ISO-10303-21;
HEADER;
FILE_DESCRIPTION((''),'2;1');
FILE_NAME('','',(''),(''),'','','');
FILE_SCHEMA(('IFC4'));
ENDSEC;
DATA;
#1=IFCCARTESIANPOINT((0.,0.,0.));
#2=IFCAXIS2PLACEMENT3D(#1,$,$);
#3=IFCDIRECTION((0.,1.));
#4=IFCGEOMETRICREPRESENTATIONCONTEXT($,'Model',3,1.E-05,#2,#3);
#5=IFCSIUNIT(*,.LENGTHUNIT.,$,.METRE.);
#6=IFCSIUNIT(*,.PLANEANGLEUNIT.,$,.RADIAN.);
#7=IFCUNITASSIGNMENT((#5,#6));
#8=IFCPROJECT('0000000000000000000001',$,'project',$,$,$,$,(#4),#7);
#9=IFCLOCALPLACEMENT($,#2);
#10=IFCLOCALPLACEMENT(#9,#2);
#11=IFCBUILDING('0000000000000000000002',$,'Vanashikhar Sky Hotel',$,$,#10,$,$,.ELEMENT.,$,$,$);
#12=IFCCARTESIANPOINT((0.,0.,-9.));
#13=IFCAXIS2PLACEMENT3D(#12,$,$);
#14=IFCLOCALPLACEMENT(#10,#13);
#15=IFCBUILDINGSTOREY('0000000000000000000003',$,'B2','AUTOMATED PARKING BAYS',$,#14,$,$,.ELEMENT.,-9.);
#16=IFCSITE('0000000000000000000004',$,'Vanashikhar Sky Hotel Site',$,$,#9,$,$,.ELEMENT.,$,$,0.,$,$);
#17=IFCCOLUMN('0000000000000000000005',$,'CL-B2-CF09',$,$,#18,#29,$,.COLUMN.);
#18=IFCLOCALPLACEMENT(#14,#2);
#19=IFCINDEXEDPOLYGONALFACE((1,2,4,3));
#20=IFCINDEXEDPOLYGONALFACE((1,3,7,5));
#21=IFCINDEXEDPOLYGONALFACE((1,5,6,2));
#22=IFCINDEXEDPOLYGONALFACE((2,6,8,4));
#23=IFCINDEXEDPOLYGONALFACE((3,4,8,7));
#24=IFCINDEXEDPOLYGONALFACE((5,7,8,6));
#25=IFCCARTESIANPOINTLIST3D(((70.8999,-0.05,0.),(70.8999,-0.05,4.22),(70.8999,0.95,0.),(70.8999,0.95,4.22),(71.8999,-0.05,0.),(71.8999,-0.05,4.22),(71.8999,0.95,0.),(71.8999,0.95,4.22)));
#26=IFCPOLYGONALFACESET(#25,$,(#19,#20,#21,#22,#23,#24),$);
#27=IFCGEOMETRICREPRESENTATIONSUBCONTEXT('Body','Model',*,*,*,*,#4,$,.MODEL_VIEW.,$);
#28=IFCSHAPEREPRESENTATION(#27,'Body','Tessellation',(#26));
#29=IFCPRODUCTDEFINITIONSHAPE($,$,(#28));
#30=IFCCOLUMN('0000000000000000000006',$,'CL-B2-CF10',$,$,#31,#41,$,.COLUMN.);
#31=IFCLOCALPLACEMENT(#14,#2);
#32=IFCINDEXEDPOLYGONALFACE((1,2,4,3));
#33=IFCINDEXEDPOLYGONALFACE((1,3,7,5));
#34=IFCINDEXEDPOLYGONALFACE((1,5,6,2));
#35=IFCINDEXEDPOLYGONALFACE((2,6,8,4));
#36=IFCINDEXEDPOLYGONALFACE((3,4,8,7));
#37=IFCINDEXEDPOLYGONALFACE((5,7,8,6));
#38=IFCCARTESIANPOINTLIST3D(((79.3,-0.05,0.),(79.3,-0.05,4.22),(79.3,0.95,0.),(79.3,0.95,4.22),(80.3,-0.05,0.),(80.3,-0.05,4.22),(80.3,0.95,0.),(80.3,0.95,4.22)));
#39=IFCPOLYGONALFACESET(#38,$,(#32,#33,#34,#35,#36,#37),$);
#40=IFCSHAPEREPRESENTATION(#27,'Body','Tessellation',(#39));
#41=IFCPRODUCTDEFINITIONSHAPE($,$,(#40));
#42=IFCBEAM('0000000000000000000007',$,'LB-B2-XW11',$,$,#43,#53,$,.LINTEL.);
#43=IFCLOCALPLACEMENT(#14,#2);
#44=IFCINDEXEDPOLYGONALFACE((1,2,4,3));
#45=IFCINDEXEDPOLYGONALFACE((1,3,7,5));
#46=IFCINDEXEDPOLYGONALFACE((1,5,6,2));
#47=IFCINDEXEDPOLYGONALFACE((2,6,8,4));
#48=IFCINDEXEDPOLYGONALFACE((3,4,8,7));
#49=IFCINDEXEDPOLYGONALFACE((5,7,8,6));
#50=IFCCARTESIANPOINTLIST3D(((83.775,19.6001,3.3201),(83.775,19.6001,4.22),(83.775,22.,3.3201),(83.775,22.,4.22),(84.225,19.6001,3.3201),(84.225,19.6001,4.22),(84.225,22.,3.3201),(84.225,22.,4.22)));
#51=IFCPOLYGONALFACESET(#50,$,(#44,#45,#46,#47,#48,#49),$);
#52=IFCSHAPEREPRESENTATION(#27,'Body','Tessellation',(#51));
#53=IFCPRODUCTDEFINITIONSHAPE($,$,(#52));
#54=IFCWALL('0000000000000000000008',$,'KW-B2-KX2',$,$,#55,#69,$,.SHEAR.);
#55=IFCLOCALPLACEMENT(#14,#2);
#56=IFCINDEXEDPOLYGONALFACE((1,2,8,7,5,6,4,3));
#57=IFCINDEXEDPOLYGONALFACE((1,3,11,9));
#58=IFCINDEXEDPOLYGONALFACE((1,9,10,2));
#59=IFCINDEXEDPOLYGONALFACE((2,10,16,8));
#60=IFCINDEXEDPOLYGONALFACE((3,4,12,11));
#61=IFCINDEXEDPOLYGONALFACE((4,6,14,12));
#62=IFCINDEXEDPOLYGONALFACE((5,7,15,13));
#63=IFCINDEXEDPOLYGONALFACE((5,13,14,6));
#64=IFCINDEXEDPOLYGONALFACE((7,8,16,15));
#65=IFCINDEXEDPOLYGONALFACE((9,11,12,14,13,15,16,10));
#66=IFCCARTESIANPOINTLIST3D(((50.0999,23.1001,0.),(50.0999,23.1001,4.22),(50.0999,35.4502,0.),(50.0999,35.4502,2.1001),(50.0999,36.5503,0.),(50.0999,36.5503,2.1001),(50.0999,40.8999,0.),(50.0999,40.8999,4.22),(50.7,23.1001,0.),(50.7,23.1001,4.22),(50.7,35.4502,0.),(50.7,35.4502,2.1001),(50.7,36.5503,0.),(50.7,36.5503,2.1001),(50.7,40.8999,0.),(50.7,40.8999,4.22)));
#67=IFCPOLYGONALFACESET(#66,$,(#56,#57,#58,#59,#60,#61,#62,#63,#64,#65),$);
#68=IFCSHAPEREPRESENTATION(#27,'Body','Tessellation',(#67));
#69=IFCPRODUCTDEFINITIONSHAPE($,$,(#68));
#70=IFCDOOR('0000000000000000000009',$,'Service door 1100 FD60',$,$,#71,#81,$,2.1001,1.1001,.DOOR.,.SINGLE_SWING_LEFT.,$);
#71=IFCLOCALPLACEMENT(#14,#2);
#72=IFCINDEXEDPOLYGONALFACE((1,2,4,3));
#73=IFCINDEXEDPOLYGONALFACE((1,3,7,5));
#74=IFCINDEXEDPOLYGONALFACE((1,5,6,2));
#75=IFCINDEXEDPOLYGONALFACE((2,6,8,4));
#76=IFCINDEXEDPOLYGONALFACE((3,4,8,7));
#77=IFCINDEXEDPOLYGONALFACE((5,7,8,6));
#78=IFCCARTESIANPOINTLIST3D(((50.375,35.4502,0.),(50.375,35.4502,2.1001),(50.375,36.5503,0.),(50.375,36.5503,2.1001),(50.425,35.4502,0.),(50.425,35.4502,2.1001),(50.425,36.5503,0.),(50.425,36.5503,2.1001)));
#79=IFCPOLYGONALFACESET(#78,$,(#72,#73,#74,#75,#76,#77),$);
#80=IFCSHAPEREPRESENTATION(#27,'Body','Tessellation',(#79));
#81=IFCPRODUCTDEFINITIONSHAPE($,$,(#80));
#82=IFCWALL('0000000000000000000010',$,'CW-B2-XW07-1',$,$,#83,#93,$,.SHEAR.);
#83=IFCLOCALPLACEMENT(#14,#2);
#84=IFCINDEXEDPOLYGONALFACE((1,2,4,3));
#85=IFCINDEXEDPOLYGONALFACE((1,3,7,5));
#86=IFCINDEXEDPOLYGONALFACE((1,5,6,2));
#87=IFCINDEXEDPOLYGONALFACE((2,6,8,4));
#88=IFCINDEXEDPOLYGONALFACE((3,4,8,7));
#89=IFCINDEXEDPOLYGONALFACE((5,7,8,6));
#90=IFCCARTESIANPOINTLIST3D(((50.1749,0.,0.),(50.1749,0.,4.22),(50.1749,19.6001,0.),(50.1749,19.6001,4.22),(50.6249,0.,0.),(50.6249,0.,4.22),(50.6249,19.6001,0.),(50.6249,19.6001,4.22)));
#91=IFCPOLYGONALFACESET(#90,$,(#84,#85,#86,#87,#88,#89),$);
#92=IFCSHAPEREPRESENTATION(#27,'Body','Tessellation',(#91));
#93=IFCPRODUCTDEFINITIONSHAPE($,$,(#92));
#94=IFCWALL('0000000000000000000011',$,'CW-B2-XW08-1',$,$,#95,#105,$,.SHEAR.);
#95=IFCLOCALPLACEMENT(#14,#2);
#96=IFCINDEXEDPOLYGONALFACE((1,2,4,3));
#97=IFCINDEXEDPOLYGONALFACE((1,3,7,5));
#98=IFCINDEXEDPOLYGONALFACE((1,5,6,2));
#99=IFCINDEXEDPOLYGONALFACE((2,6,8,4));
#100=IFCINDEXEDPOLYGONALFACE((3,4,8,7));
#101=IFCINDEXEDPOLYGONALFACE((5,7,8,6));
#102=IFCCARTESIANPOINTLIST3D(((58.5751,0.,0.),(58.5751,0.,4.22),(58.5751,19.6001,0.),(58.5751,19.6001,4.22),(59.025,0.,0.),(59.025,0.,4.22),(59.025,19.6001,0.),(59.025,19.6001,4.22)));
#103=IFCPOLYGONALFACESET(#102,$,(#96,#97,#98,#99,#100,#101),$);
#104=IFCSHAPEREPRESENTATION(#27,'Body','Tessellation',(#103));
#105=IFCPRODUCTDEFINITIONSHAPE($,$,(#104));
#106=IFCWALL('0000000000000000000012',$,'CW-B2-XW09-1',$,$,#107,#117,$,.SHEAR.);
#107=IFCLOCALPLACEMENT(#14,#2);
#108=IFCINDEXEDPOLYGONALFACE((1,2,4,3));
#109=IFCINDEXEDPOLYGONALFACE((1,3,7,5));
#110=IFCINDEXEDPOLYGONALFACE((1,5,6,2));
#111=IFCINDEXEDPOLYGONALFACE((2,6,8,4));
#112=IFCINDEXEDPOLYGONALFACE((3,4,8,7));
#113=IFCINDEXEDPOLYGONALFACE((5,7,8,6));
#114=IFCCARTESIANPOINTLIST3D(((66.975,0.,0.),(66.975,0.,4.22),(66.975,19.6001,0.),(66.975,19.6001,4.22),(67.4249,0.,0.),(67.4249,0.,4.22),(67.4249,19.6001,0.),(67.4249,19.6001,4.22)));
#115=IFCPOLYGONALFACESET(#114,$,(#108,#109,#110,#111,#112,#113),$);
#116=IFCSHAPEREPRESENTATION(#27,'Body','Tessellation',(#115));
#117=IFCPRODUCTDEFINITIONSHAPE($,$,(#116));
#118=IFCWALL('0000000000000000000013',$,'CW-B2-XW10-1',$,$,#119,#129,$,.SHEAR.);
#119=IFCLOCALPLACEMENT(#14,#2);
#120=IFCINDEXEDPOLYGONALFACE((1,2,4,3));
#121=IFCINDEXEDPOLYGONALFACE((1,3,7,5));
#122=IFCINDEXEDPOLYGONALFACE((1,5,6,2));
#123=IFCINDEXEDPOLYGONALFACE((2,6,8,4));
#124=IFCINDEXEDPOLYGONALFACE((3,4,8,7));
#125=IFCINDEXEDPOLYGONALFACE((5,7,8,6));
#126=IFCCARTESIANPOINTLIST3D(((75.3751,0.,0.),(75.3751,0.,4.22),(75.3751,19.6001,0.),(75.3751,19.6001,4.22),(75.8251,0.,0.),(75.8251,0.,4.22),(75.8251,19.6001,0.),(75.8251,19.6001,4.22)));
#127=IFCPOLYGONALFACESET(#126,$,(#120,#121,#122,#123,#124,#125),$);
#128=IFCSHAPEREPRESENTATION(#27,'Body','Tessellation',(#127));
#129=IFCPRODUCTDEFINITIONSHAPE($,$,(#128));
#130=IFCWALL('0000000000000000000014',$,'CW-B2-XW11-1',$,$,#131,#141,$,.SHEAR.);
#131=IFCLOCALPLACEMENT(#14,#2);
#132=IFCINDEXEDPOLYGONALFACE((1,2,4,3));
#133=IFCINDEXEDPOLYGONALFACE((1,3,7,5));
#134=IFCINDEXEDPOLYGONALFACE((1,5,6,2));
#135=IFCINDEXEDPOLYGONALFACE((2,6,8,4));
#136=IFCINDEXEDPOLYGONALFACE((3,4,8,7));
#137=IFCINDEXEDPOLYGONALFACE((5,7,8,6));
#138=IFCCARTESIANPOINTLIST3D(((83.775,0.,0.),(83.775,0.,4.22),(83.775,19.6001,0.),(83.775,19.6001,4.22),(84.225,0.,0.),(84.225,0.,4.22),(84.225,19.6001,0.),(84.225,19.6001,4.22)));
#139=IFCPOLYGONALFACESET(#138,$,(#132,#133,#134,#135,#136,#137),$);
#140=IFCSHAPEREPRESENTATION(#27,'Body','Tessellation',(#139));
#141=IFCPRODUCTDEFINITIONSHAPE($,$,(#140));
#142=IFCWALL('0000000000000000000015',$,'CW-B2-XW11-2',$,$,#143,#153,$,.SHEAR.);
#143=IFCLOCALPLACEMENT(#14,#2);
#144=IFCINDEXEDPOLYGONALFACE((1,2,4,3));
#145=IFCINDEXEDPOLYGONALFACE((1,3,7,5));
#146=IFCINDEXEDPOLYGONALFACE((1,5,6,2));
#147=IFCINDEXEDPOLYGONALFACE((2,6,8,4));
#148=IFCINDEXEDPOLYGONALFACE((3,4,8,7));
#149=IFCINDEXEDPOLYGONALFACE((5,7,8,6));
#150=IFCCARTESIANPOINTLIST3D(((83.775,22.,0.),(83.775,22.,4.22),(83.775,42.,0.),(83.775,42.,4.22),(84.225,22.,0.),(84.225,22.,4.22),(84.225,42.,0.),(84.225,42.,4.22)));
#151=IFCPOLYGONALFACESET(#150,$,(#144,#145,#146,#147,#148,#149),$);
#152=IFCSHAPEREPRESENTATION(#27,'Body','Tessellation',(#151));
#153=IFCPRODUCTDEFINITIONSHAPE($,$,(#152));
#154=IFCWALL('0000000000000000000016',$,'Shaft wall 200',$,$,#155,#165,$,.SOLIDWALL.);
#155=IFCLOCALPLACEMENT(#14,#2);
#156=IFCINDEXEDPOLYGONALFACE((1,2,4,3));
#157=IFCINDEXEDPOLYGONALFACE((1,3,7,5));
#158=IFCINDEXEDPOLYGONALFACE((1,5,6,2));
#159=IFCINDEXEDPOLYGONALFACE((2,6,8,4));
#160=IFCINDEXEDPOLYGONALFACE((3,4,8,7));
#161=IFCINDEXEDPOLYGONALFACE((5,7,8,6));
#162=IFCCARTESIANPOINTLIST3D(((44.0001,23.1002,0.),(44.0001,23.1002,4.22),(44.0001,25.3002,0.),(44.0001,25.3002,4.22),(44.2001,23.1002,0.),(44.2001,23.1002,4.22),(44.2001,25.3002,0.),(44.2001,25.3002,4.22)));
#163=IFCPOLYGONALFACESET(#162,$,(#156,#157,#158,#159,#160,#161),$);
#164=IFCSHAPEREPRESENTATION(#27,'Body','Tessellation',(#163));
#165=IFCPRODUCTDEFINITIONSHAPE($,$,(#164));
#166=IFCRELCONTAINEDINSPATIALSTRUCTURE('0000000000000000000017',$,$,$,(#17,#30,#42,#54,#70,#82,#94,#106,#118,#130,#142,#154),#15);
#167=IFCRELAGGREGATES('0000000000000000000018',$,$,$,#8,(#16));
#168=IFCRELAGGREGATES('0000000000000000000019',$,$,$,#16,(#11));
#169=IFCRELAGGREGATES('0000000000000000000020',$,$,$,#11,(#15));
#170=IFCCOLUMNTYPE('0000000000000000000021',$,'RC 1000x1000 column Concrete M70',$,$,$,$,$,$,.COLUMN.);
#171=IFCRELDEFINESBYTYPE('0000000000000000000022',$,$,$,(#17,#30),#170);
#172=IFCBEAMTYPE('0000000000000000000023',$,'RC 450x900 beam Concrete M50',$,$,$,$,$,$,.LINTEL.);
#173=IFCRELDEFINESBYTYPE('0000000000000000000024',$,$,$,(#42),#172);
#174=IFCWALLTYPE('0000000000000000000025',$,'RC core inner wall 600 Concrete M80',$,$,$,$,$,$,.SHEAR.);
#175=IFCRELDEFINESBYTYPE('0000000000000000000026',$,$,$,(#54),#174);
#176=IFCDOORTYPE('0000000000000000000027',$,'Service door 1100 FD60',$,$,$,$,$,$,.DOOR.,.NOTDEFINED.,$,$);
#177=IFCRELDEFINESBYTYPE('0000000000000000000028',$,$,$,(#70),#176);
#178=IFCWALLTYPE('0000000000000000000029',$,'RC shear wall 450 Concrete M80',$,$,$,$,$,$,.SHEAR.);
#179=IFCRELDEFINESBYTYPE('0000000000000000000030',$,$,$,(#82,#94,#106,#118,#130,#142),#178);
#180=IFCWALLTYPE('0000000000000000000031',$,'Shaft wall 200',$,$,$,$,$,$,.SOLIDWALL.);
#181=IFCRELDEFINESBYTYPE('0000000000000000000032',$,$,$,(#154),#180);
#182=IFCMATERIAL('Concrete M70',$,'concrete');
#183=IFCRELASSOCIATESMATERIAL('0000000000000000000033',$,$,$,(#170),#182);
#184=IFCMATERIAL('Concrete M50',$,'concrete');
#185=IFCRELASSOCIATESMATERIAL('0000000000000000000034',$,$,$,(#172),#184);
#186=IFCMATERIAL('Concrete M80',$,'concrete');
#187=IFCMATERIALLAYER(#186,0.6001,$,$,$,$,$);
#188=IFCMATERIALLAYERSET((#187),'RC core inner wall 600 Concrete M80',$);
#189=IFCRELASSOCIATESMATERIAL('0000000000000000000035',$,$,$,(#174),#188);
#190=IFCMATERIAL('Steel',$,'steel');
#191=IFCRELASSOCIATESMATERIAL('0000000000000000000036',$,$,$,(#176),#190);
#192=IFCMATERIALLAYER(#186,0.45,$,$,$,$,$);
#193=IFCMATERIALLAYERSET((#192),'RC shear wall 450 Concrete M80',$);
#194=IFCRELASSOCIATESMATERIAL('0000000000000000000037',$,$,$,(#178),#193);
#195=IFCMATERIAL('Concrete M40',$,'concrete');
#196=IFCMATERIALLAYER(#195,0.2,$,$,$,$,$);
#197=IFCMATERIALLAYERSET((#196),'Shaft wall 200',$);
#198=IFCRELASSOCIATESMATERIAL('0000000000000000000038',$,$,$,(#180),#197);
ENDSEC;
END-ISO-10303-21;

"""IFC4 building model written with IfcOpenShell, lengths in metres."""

from ifc_helpers import new_model, si_unit, direction, frame, frame_2d, origin, origin_2d, place, context, subcontext, project, spatial, rectangle, extrude, source, transform, mapped, material, layer, layer_set, material_profile, profile_set, type_object, element, fill, save


model = new_model("IFC4")

# Units and contexts
model_context = context("Model", 3, precision=1e-05, world=origin(), true_north=direction((0.0, 1.0)))
body_context = subcontext(model_context, "Body", "Model", "MODEL_VIEW")
ifc_project = project(units=[si_unit("LENGTHUNIT", "METRE"), si_unit("PLANEANGLEUNIT", "RADIAN")], contexts=[model_context])

# Site, building, storey
site_placement = place(None, origin())
site = spatial("IfcSite", under=ifc_project, at=site_placement, Name="Vanashikhar Sky Hotel Site", CompositionType="ELEMENT", RefElevation=0.0)
building_placement = place(site_placement, origin())
building = spatial("IfcBuilding", under=site, at=building_placement, Name="Vanashikhar Sky Hotel", CompositionType="ELEMENT")
storey_placement = place(building_placement, frame((0.0, 0.0, -9.0)))
storey = spatial("IfcBuildingStorey", under=building, at=storey_placement, Name="B2", Description="AUTOMATED PARKING BAYS", CompositionType="ELEMENT", Elevation=-9.0)

# Columns
ifc_material_1 = material(Name="Concrete M70", Category="concrete")
ifc_material_profile_1 = material_profile(ifc_material_1, rectangle(XDim=1.0, YDim=1.0, at=origin_2d()))
ifc_profile_set_1 = profile_set([ifc_material_profile_1], Name="RC 1000x1000 column Concrete M70")
column_type = type_object("IfcColumnType", Name="RC 1000x1000 column Concrete M70", PredefinedType="COLUMN", material=ifc_profile_set_1)
shared_shape_1 = source(origin(), body_context, "Body", "SweptSolid", [
    extrude(rectangle(XDim=1.0, YDim=1.0, at=origin_2d()), origin(), (0.0, 0.0, 1.0), 4.22),
])
for number, where, z_axis, x_axis, name in (
    (1, (71.3999, 0.45, 0.0), (0.0, 0.0, 1.0), (1.0, 0.0, 0.0), "CL-B2-CF09"),
    (2, (79.8, 0.45, 0.0), (0.0, 0.0, 1.0), (1.0, 0.0, 0.0), "CL-B2-CF10"),
):
    element("IfcColumn", number, at=place(storey_placement, frame(where, z_axis=z_axis, x_axis=x_axis)), inside=storey, type_object=column_type, Name=name, PredefinedType="COLUMN", context=body_context, shape_type="MappedRepresentation", body=[
        mapped(shared_shape_1, transform((0.0, 0.0, 0.0), scale=1.0)),
    ])

# Beam
ifc_material_2 = material(Name="Concrete M50", Category="concrete")
ifc_material_profile_2 = material_profile(ifc_material_2, rectangle(XDim=0.45, YDim=0.8999, at=origin_2d()))
ifc_profile_set_2 = profile_set([ifc_material_profile_2], Name="RC 450x900 beam Concrete M50")
beam_type = type_object("IfcBeamType", Name="RC 450x900 beam Concrete M50", PredefinedType="LINTEL", material=ifc_profile_set_2)
shared_shape_2 = source(origin(), body_context, "Body", "SweptSolid", [
    extrude(rectangle(XDim=0.45, YDim=0.8999, at=origin_2d()), origin(), (0.0, 0.0, 1.0), 2.3999),
])
beam_placement = place(storey_placement, frame((84.0, 19.6001, 3.77), z_axis=(0.0, 1.0, 0.0), x_axis=(-1.0, 0.0, 0.0)))
element("IfcBeam", 3, at=beam_placement, inside=storey, type_object=beam_type, Name="LB-B2-XW11", PredefinedType="LINTEL", context=body_context, shape_type="MappedRepresentation", body=[
    mapped(shared_shape_2, transform((0.0, 0.0, 0.0), scale=1.0)),
])

# Wall, opening, door
ifc_material_3 = material(Name="Concrete M80", Category="concrete")
ifc_layer_1 = layer(ifc_material_3, 0.6001)
ifc_layer_set_1 = layer_set([ifc_layer_1], Name="RC core inner wall 600 Concrete M80")
wall_type_1 = type_object("IfcWallType", Name="RC core inner wall 600 Concrete M80", PredefinedType="SHEAR", material=ifc_layer_set_1)
shared_shape_3 = source(origin(), body_context, "Body", "SweptSolid", [
    extrude(rectangle(XDim=17.7998, YDim=0.6001, at=frame_2d((8.8999, 0.0))), origin(), (0.0, 0.0, 1.0), 4.22),
])
wall_1_placement = place(storey_placement, frame((50.3999, 23.1001, 0.0), z_axis=(0.0, 0.0, 1.0), x_axis=(0.0, 1.0, 0.0)))
wall_1 = element("IfcWall", 4, at=wall_1_placement, inside=storey, type_object=wall_type_1, Name="KW-B2-KX2", PredefinedType="SHEAR", context=body_context, shape_type="MappedRepresentation", body=[
    mapped(shared_shape_3, transform((0.0, 0.0, 0.0), scale=1.0)),
])
shared_shape_4 = source(origin(), body_context, "Body", "SweptSolid", [
    extrude(rectangle(XDim=1.1001, YDim=2.1001, at=frame_2d((0.55, 1.05))), frame((0.0, 0.3101, 0.0), z_axis=(0.0, -1.0, 0.0), x_axis=(1.0, 0.0, 0.0)), (0.0, 0.0, 1.0), 0.6201),
])
opening_1_placement = place(wall_1_placement, frame((12.3501, 0.0, 0.0)))
opening_1 = element("IfcOpeningElement", 5, at=opening_1_placement, cuts=wall_1, PredefinedType="OPENING", context=body_context, shape_type="MappedRepresentation", body=[
    mapped(shared_shape_4, transform((0.0, 0.0, 0.0), scale=1.0)),
])
ifc_material_4 = material(Name="Steel", Category="steel")
door_type_1 = type_object("IfcDoorType", Name="Service door 1100 FD60", OperationType="NOTDEFINED", PredefinedType="DOOR", material=ifc_material_4)
shared_shape_5 = source(origin(), body_context, "Body", "SweptSolid", [
    extrude(rectangle(XDim=1.1001, YDim=2.1001, at=frame_2d((0.55, 1.05))), frame((0.0, 0.0249, 0.0), z_axis=(0.0, -1.0, 0.0), x_axis=(1.0, 0.0, 0.0)), (0.0, 0.0, 1.0), 0.05),
])
door_1_placement = place(opening_1_placement, origin())
door_1 = element("IfcDoor", 6, at=door_1_placement, inside=storey, type_object=door_type_1, Name="Service door 1100 FD60", OperationType="SINGLE_SWING_LEFT", OverallHeight=2.1001, OverallWidth=1.1001, PredefinedType="DOOR", context=body_context, shape_type="MappedRepresentation", body=[
    mapped(shared_shape_5, transform((0.0, 0.0, 0.0), scale=1.0)),
])
fill(opening_1, door_1)

# Walls
ifc_layer_2 = layer(ifc_material_3, 0.45)
ifc_layer_set_2 = layer_set([ifc_layer_2], Name="RC shear wall 450 Concrete M80")
wall_type_2 = type_object("IfcWallType", Name="RC shear wall 450 Concrete M80", PredefinedType="SHEAR", material=ifc_layer_set_2)
shared_shape_6 = source(origin(), body_context, "Body", "SweptSolid", [
    extrude(rectangle(XDim=19.6001, YDim=0.45, at=frame_2d((9.8, 0.0))), origin(), (0.0, 0.0, 1.0), 4.22),
])
for number, where, z_axis, x_axis, name in (
    (7, (50.3999, 0.0, 0.0), (0.0, 0.0, 1.0), (0.0, 1.0, 0.0), "CW-B2-XW07-1"),
    (8, (58.8, 0.0, 0.0), (0.0, 0.0, 1.0), (0.0, 1.0, 0.0), "CW-B2-XW08-1"),
    (9, (67.2, 0.0, 0.0), (0.0, 0.0, 1.0), (0.0, 1.0, 0.0), "CW-B2-XW09-1"),
    (10, (75.6001, 0.0, 0.0), (0.0, 0.0, 1.0), (0.0, 1.0, 0.0), "CW-B2-XW10-1"),
    (11, (84.0, 0.0, 0.0), (0.0, 0.0, 1.0), (0.0, 1.0, 0.0), "CW-B2-XW11-1"),
):
    element("IfcWall", number, at=place(storey_placement, frame(where, z_axis=z_axis, x_axis=x_axis)), inside=storey, type_object=wall_type_2, Name=name, PredefinedType="SHEAR", context=body_context, shape_type="MappedRepresentation", body=[
        mapped(shared_shape_6, transform((0.0, 0.0, 0.0), scale=1.0)),
    ])
shared_shape_7 = source(origin(), body_context, "Body", "SweptSolid", [
    extrude(rectangle(XDim=20.0, YDim=0.45, at=frame_2d((10.0, 0.0))), origin(), (0.0, 0.0, 1.0), 4.22),
])
wall_2_placement = place(storey_placement, frame((84.0, 22.0, 0.0), z_axis=(0.0, 0.0, 1.0), x_axis=(0.0, 1.0, 0.0)))
element("IfcWall", 12, at=wall_2_placement, inside=storey, type_object=wall_type_2, Name="CW-B2-XW11-2", PredefinedType="SHEAR", context=body_context, shape_type="MappedRepresentation", body=[
    mapped(shared_shape_7, transform((0.0, 0.0, 0.0), scale=1.0)),
])
ifc_material_5 = material(Name="Concrete M40", Category="concrete")
ifc_layer_3 = layer(ifc_material_5, 0.2)
ifc_layer_set_3 = layer_set([ifc_layer_3], Name="Shaft wall 200")
wall_type_3 = type_object("IfcWallType", Name="Shaft wall 200", PredefinedType="SOLIDWALL", material=ifc_layer_set_3)
shared_shape_8 = source(origin(), body_context, "Body", "SweptSolid", [
    extrude(rectangle(XDim=2.2, YDim=0.2, at=frame_2d((1.1001, 0.0))), origin(), (0.0, 0.0, 1.0), 4.22),
])
wall_3_placement = place(storey_placement, frame((44.1001, 23.1001, 0.0), z_axis=(0.0, 0.0, 1.0), x_axis=(0.0, 1.0, 0.0)))
element("IfcWall", 13, at=wall_3_placement, inside=storey, type_object=wall_type_3, Name="Shaft wall 200", PredefinedType="SOLIDWALL", context=body_context, shape_type="MappedRepresentation", body=[
    mapped(shared_shape_8, transform((0.0, 0.0, 0.0), scale=1.0)),
])

save(model, "model.ifc")
